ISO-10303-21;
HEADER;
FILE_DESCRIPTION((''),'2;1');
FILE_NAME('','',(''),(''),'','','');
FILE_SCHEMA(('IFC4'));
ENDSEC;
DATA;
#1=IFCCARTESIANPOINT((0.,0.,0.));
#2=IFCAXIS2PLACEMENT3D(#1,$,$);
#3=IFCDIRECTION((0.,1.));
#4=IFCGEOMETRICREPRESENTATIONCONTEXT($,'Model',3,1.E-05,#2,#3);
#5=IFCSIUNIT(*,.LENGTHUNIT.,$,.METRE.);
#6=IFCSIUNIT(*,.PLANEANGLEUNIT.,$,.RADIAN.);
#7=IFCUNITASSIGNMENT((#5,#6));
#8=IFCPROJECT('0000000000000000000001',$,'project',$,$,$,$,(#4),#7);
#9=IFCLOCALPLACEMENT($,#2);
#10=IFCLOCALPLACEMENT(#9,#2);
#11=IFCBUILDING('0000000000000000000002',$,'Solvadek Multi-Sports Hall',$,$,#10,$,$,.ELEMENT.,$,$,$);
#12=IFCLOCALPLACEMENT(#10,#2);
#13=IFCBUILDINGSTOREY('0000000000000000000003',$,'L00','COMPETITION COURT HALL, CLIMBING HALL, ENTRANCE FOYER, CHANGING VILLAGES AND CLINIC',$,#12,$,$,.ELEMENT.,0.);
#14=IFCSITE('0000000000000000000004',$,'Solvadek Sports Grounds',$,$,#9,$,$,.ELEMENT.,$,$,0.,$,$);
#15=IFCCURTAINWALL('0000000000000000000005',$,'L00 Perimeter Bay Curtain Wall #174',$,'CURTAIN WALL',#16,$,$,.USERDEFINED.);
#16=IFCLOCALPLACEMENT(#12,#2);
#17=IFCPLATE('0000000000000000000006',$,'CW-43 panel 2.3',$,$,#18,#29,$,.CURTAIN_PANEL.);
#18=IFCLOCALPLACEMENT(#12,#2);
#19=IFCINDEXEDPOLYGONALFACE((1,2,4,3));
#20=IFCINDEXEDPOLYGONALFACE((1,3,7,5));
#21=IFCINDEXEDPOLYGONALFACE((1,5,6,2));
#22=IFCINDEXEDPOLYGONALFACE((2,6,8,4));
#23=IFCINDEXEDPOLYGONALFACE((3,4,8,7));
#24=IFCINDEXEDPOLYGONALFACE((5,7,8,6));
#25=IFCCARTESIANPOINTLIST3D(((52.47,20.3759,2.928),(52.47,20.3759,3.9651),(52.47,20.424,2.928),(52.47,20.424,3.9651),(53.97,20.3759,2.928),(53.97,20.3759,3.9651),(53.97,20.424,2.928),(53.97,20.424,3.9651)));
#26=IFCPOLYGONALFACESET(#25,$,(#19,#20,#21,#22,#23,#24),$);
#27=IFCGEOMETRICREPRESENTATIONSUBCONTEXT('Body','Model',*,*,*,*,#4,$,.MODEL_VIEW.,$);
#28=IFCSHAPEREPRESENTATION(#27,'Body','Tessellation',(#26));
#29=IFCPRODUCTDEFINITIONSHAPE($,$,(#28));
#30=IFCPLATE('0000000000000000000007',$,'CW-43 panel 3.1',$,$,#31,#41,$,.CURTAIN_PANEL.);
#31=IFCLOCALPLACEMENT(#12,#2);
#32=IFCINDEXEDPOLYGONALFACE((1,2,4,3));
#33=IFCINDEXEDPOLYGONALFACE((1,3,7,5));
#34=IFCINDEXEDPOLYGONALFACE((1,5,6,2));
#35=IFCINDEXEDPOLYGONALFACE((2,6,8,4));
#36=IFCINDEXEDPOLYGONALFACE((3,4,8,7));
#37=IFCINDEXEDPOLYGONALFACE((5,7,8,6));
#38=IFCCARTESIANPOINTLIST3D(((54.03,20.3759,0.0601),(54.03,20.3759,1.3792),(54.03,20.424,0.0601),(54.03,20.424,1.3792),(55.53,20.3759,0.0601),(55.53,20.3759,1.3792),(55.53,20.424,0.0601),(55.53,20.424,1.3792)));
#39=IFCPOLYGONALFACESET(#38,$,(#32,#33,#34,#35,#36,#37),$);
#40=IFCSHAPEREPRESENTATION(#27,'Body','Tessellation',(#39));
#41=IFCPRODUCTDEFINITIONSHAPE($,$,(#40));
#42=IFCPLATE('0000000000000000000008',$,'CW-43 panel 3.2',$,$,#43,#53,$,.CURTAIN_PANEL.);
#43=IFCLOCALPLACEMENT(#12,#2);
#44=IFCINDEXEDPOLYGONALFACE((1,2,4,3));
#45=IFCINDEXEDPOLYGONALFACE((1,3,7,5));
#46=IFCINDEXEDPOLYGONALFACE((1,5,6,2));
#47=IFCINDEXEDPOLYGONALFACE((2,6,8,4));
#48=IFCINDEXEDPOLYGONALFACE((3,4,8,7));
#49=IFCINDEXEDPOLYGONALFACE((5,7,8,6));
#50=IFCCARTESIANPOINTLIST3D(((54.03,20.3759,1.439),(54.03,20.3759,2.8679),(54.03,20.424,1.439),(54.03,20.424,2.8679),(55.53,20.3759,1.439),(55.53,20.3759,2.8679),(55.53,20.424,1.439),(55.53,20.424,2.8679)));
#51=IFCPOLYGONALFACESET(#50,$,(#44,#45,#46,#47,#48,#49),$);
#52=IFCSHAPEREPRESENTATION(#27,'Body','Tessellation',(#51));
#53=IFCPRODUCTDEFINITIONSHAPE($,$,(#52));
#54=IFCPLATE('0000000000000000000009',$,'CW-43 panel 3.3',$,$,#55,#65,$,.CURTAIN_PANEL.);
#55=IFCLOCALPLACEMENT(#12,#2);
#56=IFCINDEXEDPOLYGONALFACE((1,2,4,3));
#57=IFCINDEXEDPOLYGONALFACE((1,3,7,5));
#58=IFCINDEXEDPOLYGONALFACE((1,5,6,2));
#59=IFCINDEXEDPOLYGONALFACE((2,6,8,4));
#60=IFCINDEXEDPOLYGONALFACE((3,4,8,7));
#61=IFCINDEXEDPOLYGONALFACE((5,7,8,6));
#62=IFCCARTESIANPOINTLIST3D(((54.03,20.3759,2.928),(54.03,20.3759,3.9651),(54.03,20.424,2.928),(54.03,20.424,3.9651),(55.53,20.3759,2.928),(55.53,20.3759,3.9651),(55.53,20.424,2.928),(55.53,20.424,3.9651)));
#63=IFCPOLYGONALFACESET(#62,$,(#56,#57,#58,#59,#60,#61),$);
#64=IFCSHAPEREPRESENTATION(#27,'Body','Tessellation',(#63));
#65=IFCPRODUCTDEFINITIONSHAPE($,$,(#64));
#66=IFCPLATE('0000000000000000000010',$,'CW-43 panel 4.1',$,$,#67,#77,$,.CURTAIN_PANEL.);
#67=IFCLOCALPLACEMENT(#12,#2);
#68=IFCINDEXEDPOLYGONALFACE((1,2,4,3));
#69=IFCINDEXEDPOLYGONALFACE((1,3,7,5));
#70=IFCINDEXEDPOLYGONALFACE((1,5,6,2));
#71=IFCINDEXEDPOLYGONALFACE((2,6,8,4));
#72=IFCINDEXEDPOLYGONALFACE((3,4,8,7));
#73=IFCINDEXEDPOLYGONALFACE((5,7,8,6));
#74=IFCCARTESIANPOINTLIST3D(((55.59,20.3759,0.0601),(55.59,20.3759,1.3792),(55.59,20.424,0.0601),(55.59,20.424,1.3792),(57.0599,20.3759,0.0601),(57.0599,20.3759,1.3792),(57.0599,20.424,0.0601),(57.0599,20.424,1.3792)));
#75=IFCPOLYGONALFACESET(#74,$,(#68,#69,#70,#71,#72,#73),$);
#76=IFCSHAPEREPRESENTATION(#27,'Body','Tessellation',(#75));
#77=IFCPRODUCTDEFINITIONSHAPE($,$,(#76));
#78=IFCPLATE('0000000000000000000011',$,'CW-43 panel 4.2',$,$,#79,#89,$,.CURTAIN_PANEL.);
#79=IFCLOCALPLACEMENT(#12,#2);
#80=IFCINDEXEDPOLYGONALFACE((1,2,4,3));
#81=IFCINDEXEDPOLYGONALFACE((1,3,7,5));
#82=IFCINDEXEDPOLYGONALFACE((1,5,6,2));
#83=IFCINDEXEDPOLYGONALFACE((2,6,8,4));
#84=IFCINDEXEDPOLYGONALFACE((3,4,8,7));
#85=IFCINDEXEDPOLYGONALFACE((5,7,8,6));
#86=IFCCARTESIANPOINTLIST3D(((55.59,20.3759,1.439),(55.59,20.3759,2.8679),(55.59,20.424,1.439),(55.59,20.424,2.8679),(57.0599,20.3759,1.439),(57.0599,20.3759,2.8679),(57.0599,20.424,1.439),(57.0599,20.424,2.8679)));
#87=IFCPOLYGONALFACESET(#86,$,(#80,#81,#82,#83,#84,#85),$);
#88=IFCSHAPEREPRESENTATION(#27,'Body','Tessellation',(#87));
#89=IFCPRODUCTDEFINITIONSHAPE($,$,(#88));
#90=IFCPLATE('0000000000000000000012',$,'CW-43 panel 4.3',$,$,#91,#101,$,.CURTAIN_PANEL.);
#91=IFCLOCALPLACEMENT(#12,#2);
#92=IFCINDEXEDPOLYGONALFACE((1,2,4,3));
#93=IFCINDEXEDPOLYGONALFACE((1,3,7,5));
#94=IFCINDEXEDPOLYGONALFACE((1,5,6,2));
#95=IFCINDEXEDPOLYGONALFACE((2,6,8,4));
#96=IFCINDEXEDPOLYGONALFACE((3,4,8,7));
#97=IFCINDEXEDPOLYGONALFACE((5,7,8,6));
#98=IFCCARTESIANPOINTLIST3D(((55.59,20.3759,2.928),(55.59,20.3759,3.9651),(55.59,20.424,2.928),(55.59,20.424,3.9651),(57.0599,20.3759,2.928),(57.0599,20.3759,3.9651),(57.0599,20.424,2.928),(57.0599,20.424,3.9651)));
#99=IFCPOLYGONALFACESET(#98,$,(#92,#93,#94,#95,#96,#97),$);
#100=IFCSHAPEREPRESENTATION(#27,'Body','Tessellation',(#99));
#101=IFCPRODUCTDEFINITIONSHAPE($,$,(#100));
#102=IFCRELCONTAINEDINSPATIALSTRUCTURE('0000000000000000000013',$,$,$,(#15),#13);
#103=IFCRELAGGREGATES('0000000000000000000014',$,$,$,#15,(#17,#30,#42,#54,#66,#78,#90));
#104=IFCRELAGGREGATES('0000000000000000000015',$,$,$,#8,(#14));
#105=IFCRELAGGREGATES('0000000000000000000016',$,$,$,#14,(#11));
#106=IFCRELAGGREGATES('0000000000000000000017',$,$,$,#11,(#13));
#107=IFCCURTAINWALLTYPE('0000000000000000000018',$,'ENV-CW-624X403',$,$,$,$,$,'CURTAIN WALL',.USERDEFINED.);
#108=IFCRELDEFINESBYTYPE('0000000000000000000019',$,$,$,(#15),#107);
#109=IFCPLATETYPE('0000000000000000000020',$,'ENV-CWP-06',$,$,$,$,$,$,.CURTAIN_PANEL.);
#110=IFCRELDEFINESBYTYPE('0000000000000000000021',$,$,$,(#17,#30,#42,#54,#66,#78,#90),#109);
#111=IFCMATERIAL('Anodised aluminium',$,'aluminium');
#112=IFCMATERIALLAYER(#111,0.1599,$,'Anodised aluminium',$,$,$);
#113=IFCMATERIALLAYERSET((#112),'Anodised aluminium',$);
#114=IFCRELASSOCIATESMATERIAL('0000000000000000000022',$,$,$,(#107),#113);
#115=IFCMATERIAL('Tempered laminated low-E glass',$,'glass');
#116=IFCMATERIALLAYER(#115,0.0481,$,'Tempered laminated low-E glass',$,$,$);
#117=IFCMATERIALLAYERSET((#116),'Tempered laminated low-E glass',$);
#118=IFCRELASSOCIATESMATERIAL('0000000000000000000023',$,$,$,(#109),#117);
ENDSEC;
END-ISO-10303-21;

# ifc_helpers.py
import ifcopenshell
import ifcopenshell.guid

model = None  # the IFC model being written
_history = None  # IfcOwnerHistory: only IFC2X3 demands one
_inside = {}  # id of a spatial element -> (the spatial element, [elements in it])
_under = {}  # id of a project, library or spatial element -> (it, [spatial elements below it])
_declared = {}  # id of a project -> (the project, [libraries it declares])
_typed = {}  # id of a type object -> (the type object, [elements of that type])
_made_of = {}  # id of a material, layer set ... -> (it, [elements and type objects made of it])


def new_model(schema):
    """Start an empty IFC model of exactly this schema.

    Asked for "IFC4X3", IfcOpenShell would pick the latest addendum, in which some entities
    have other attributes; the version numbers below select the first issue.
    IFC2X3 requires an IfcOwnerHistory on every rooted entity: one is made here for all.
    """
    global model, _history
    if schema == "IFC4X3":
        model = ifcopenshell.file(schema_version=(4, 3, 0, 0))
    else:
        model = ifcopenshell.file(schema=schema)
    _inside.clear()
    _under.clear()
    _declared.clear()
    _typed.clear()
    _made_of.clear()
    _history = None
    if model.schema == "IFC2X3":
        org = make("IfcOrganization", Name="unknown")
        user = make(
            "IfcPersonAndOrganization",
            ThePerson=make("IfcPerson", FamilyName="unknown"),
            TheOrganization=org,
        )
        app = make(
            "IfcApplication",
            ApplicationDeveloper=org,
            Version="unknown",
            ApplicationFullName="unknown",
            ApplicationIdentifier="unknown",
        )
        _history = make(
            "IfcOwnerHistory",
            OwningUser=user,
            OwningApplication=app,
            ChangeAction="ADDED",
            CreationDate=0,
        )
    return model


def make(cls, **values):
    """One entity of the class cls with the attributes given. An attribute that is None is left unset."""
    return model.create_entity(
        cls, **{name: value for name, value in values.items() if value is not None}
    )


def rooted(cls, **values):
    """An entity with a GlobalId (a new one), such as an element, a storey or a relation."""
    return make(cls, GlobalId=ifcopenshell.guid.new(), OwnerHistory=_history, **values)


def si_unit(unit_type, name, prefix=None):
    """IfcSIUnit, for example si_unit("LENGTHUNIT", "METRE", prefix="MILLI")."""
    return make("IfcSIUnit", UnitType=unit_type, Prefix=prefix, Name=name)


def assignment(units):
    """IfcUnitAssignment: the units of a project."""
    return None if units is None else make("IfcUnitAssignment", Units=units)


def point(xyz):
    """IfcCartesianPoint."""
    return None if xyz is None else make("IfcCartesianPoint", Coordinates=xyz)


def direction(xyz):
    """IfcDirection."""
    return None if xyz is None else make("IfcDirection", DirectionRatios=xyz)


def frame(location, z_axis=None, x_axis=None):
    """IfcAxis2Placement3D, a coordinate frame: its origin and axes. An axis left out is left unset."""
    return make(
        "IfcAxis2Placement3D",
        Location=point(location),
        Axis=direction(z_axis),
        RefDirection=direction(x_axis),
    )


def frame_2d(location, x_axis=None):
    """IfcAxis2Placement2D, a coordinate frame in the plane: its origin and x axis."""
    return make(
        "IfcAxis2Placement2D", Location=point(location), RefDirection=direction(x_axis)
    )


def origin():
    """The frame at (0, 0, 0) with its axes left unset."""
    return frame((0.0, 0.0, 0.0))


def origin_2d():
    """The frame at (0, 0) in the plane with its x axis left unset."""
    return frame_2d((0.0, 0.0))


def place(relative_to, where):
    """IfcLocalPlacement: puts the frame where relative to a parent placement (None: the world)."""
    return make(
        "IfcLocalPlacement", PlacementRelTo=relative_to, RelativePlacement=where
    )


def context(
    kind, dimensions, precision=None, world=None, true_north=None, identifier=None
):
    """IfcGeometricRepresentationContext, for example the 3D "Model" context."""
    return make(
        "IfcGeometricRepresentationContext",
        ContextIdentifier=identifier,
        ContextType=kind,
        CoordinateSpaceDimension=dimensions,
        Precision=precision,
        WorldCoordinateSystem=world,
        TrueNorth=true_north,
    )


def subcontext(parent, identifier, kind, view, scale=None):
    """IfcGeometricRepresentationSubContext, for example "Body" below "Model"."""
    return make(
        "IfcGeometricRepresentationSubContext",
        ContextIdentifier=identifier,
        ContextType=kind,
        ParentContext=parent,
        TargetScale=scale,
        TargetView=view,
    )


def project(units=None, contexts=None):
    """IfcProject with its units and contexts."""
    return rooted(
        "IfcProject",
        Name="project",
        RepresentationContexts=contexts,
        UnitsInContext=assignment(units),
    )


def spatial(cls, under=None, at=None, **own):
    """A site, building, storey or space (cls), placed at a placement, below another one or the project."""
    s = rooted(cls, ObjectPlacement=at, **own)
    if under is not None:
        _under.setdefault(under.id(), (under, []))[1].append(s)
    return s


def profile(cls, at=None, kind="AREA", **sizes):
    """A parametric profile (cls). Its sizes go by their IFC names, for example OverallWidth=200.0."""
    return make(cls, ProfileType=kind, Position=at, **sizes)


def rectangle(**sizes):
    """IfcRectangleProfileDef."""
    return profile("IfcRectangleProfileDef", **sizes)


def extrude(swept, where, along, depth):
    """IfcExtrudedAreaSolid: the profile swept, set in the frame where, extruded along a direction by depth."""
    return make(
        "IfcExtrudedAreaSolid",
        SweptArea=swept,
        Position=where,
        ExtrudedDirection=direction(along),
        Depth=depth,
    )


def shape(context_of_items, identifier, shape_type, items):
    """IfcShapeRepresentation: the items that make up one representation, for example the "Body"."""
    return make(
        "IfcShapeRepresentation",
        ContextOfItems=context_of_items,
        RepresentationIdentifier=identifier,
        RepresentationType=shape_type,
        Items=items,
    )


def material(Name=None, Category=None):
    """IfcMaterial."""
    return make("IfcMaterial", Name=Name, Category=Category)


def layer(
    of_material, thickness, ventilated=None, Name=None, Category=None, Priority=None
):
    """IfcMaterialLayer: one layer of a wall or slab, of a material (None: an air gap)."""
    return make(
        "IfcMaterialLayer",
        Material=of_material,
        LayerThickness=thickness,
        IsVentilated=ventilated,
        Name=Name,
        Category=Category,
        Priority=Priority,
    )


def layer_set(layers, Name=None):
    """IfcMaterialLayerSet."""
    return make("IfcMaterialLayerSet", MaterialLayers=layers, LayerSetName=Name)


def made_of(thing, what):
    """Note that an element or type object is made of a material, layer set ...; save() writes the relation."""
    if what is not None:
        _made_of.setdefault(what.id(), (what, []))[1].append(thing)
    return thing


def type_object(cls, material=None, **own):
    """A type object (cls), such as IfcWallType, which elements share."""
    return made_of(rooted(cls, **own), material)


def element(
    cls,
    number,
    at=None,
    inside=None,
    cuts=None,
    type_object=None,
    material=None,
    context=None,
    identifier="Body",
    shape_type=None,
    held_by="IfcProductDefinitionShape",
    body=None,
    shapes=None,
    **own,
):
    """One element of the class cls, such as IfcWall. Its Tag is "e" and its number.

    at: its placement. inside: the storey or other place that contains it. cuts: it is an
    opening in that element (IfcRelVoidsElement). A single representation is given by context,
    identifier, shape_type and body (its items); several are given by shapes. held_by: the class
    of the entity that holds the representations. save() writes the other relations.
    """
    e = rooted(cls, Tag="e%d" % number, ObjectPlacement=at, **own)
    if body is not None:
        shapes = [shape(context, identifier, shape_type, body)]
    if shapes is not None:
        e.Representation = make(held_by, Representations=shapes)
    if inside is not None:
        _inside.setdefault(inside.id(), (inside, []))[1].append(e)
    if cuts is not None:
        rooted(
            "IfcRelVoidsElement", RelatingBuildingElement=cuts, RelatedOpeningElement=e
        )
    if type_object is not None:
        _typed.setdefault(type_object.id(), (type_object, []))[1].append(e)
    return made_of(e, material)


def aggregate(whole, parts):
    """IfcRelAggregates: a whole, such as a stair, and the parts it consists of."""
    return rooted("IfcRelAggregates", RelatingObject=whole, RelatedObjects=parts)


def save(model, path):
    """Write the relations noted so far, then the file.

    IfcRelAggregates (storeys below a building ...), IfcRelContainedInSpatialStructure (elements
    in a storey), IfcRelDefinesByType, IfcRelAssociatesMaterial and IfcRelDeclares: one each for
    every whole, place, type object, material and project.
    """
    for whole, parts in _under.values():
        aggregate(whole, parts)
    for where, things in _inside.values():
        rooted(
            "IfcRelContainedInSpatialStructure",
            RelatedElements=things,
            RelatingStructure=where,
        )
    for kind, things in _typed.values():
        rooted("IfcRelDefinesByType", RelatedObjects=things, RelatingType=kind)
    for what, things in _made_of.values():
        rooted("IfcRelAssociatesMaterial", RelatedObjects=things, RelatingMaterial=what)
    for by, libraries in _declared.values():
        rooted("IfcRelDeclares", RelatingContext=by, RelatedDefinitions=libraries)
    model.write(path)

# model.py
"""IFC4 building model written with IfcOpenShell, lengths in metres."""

from ifc_helpers import new_model, si_unit, direction, frame, origin, origin_2d, place, context, subcontext, project, spatial, rectangle, extrude, material, layer, layer_set, type_object, element, aggregate, save


model = new_model("IFC4")

# Units and contexts
model_context = context("Model", 3, precision=1e-05, world=origin(), true_north=direction((0.0, 1.0)))
body_context = subcontext(model_context, "Body", "Model", "MODEL_VIEW")
ifc_project = project(units=[si_unit("LENGTHUNIT", "METRE"), si_unit("PLANEANGLEUNIT", "RADIAN")], contexts=[model_context])

# Site, building, storey
site_placement = place(None, origin())
site = spatial("IfcSite", under=ifc_project, at=site_placement, Name="Solvadek Sports Grounds", CompositionType="ELEMENT", RefElevation=0.0)
building_placement = place(site_placement, origin())
building = spatial("IfcBuilding", under=site, at=building_placement, Name="Solvadek Multi-Sports Hall", CompositionType="ELEMENT")
storey_placement = place(building_placement, origin())
storey = spatial("IfcBuildingStorey", under=building, at=storey_placement, Name="L00", Description="COMPETITION COURT HALL, CLIMBING HALL, ENTRANCE FOYER, CHANGING VILLAGES AND CLINIC", CompositionType="ELEMENT", Elevation=0.0)

# Curtain wall
ifc_material_1 = material(Name="Anodised aluminium", Category="aluminium")
ifc_layer_1 = layer(ifc_material_1, 0.1599, Name="Anodised aluminium")
ifc_layer_set_1 = layer_set([ifc_layer_1], Name="Anodised aluminium")
curtain_wall_type = type_object("IfcCurtainWallType", Name="ENV-CW-624X403", ElementType="CURTAIN WALL", PredefinedType="USERDEFINED", material=ifc_layer_set_1)
curtain_wall_placement = place(storey_placement, origin())
curtain_wall = element("IfcCurtainWall", 1, at=curtain_wall_placement, inside=storey, type_object=curtain_wall_type, Name="L00 Perimeter Bay Curtain Wall #174", ObjectType="CURTAIN WALL", PredefinedType="USERDEFINED")

# Plates
ifc_material_2 = material(Name="Tempered laminated low-E glass", Category="glass")
ifc_layer_2 = layer(ifc_material_2, 0.0481, Name="Tempered laminated low-E glass")
ifc_layer_set_2 = layer_set([ifc_layer_2], Name="Tempered laminated low-E glass")
plate_type = type_object("IfcPlateType", Name="ENV-CWP-06", PredefinedType="CURTAIN_PANEL", material=ifc_layer_set_2)
plate_1_placement = place(storey_placement, frame((53.22, 20.3999, 2.928), z_axis=(0.0, 0.0, 1.0), x_axis=(1.0, 0.0, 0.0)))
plate_1 = element("IfcPlate", 2, at=plate_1_placement, type_object=plate_type, Name="CW-43 panel 2.3", PredefinedType="CURTAIN_PANEL", context=body_context, shape_type="SweptSolid", body=[
    extrude(rectangle(XDim=1.5, YDim=0.0481, at=origin_2d()), origin(), (0.0, 0.0, 1.0), 1.0371),
])
plate_2_placement = place(storey_placement, frame((54.78, 20.3999, 0.0601), z_axis=(0.0, 0.0, 1.0), x_axis=(1.0, 0.0, 0.0)))
plate_2 = element("IfcPlate", 3, at=plate_2_placement, type_object=plate_type, Name="CW-43 panel 3.1", PredefinedType="CURTAIN_PANEL", context=body_context, shape_type="SweptSolid", body=[
    extrude(rectangle(XDim=1.5, YDim=0.0481, at=origin_2d()), origin(), (0.0, 0.0, 1.0), 1.3191),
])
plate_3_placement = place(storey_placement, frame((54.78, 20.3999, 1.439), z_axis=(0.0, 0.0, 1.0), x_axis=(1.0, 0.0, 0.0)))
plate_3 = element("IfcPlate", 4, at=plate_3_placement, type_object=plate_type, Name="CW-43 panel 3.2", PredefinedType="CURTAIN_PANEL", context=body_context, shape_type="SweptSolid", body=[
    extrude(rectangle(XDim=1.5, YDim=0.0481, at=origin_2d()), origin(), (0.0, 0.0, 1.0), 1.429),
])
plate_4_placement = place(storey_placement, frame((54.78, 20.3999, 2.928), z_axis=(0.0, 0.0, 1.0), x_axis=(1.0, 0.0, 0.0)))
plate_4 = element("IfcPlate", 5, at=plate_4_placement, type_object=plate_type, Name="CW-43 panel 3.3", PredefinedType="CURTAIN_PANEL", context=body_context, shape_type="SweptSolid", body=[
    extrude(rectangle(XDim=1.5, YDim=0.0481, at=origin_2d()), origin(), (0.0, 0.0, 1.0), 1.0371),
])
plate_5_placement = place(storey_placement, frame((56.325, 20.3999, 0.0601), z_axis=(0.0, 0.0, 1.0), x_axis=(1.0, 0.0, 0.0)))
plate_5 = element("IfcPlate", 6, at=plate_5_placement, type_object=plate_type, Name="CW-43 panel 4.1", PredefinedType="CURTAIN_PANEL", context=body_context, shape_type="SweptSolid", body=[
    extrude(rectangle(XDim=1.47, YDim=0.0481, at=origin_2d()), origin(), (0.0, 0.0, 1.0), 1.3191),
])
plate_6_placement = place(storey_placement, frame((56.325, 20.3999, 1.439), z_axis=(0.0, 0.0, 1.0), x_axis=(1.0, 0.0, 0.0)))
plate_6 = element("IfcPlate", 7, at=plate_6_placement, type_object=plate_type, Name="CW-43 panel 4.2", PredefinedType="CURTAIN_PANEL", context=body_context, shape_type="SweptSolid", body=[
    extrude(rectangle(XDim=1.47, YDim=0.0481, at=origin_2d()), origin(), (0.0, 0.0, 1.0), 1.429),
])
plate_7_placement = place(storey_placement, frame((56.325, 20.3999, 2.928), z_axis=(0.0, 0.0, 1.0), x_axis=(1.0, 0.0, 0.0)))
plate_7 = element("IfcPlate", 8, at=plate_7_placement, type_object=plate_type, Name="CW-43 panel 4.3", PredefinedType="CURTAIN_PANEL", context=body_context, shape_type="SweptSolid", body=[
    extrude(rectangle(XDim=1.47, YDim=0.0481, at=origin_2d()), origin(), (0.0, 0.0, 1.0), 1.0371),
])
aggregate(curtain_wall, [plate_1, plate_2, plate_3, plate_4, plate_5, plate_6, plate_7])

save(model, "model.ifc")
